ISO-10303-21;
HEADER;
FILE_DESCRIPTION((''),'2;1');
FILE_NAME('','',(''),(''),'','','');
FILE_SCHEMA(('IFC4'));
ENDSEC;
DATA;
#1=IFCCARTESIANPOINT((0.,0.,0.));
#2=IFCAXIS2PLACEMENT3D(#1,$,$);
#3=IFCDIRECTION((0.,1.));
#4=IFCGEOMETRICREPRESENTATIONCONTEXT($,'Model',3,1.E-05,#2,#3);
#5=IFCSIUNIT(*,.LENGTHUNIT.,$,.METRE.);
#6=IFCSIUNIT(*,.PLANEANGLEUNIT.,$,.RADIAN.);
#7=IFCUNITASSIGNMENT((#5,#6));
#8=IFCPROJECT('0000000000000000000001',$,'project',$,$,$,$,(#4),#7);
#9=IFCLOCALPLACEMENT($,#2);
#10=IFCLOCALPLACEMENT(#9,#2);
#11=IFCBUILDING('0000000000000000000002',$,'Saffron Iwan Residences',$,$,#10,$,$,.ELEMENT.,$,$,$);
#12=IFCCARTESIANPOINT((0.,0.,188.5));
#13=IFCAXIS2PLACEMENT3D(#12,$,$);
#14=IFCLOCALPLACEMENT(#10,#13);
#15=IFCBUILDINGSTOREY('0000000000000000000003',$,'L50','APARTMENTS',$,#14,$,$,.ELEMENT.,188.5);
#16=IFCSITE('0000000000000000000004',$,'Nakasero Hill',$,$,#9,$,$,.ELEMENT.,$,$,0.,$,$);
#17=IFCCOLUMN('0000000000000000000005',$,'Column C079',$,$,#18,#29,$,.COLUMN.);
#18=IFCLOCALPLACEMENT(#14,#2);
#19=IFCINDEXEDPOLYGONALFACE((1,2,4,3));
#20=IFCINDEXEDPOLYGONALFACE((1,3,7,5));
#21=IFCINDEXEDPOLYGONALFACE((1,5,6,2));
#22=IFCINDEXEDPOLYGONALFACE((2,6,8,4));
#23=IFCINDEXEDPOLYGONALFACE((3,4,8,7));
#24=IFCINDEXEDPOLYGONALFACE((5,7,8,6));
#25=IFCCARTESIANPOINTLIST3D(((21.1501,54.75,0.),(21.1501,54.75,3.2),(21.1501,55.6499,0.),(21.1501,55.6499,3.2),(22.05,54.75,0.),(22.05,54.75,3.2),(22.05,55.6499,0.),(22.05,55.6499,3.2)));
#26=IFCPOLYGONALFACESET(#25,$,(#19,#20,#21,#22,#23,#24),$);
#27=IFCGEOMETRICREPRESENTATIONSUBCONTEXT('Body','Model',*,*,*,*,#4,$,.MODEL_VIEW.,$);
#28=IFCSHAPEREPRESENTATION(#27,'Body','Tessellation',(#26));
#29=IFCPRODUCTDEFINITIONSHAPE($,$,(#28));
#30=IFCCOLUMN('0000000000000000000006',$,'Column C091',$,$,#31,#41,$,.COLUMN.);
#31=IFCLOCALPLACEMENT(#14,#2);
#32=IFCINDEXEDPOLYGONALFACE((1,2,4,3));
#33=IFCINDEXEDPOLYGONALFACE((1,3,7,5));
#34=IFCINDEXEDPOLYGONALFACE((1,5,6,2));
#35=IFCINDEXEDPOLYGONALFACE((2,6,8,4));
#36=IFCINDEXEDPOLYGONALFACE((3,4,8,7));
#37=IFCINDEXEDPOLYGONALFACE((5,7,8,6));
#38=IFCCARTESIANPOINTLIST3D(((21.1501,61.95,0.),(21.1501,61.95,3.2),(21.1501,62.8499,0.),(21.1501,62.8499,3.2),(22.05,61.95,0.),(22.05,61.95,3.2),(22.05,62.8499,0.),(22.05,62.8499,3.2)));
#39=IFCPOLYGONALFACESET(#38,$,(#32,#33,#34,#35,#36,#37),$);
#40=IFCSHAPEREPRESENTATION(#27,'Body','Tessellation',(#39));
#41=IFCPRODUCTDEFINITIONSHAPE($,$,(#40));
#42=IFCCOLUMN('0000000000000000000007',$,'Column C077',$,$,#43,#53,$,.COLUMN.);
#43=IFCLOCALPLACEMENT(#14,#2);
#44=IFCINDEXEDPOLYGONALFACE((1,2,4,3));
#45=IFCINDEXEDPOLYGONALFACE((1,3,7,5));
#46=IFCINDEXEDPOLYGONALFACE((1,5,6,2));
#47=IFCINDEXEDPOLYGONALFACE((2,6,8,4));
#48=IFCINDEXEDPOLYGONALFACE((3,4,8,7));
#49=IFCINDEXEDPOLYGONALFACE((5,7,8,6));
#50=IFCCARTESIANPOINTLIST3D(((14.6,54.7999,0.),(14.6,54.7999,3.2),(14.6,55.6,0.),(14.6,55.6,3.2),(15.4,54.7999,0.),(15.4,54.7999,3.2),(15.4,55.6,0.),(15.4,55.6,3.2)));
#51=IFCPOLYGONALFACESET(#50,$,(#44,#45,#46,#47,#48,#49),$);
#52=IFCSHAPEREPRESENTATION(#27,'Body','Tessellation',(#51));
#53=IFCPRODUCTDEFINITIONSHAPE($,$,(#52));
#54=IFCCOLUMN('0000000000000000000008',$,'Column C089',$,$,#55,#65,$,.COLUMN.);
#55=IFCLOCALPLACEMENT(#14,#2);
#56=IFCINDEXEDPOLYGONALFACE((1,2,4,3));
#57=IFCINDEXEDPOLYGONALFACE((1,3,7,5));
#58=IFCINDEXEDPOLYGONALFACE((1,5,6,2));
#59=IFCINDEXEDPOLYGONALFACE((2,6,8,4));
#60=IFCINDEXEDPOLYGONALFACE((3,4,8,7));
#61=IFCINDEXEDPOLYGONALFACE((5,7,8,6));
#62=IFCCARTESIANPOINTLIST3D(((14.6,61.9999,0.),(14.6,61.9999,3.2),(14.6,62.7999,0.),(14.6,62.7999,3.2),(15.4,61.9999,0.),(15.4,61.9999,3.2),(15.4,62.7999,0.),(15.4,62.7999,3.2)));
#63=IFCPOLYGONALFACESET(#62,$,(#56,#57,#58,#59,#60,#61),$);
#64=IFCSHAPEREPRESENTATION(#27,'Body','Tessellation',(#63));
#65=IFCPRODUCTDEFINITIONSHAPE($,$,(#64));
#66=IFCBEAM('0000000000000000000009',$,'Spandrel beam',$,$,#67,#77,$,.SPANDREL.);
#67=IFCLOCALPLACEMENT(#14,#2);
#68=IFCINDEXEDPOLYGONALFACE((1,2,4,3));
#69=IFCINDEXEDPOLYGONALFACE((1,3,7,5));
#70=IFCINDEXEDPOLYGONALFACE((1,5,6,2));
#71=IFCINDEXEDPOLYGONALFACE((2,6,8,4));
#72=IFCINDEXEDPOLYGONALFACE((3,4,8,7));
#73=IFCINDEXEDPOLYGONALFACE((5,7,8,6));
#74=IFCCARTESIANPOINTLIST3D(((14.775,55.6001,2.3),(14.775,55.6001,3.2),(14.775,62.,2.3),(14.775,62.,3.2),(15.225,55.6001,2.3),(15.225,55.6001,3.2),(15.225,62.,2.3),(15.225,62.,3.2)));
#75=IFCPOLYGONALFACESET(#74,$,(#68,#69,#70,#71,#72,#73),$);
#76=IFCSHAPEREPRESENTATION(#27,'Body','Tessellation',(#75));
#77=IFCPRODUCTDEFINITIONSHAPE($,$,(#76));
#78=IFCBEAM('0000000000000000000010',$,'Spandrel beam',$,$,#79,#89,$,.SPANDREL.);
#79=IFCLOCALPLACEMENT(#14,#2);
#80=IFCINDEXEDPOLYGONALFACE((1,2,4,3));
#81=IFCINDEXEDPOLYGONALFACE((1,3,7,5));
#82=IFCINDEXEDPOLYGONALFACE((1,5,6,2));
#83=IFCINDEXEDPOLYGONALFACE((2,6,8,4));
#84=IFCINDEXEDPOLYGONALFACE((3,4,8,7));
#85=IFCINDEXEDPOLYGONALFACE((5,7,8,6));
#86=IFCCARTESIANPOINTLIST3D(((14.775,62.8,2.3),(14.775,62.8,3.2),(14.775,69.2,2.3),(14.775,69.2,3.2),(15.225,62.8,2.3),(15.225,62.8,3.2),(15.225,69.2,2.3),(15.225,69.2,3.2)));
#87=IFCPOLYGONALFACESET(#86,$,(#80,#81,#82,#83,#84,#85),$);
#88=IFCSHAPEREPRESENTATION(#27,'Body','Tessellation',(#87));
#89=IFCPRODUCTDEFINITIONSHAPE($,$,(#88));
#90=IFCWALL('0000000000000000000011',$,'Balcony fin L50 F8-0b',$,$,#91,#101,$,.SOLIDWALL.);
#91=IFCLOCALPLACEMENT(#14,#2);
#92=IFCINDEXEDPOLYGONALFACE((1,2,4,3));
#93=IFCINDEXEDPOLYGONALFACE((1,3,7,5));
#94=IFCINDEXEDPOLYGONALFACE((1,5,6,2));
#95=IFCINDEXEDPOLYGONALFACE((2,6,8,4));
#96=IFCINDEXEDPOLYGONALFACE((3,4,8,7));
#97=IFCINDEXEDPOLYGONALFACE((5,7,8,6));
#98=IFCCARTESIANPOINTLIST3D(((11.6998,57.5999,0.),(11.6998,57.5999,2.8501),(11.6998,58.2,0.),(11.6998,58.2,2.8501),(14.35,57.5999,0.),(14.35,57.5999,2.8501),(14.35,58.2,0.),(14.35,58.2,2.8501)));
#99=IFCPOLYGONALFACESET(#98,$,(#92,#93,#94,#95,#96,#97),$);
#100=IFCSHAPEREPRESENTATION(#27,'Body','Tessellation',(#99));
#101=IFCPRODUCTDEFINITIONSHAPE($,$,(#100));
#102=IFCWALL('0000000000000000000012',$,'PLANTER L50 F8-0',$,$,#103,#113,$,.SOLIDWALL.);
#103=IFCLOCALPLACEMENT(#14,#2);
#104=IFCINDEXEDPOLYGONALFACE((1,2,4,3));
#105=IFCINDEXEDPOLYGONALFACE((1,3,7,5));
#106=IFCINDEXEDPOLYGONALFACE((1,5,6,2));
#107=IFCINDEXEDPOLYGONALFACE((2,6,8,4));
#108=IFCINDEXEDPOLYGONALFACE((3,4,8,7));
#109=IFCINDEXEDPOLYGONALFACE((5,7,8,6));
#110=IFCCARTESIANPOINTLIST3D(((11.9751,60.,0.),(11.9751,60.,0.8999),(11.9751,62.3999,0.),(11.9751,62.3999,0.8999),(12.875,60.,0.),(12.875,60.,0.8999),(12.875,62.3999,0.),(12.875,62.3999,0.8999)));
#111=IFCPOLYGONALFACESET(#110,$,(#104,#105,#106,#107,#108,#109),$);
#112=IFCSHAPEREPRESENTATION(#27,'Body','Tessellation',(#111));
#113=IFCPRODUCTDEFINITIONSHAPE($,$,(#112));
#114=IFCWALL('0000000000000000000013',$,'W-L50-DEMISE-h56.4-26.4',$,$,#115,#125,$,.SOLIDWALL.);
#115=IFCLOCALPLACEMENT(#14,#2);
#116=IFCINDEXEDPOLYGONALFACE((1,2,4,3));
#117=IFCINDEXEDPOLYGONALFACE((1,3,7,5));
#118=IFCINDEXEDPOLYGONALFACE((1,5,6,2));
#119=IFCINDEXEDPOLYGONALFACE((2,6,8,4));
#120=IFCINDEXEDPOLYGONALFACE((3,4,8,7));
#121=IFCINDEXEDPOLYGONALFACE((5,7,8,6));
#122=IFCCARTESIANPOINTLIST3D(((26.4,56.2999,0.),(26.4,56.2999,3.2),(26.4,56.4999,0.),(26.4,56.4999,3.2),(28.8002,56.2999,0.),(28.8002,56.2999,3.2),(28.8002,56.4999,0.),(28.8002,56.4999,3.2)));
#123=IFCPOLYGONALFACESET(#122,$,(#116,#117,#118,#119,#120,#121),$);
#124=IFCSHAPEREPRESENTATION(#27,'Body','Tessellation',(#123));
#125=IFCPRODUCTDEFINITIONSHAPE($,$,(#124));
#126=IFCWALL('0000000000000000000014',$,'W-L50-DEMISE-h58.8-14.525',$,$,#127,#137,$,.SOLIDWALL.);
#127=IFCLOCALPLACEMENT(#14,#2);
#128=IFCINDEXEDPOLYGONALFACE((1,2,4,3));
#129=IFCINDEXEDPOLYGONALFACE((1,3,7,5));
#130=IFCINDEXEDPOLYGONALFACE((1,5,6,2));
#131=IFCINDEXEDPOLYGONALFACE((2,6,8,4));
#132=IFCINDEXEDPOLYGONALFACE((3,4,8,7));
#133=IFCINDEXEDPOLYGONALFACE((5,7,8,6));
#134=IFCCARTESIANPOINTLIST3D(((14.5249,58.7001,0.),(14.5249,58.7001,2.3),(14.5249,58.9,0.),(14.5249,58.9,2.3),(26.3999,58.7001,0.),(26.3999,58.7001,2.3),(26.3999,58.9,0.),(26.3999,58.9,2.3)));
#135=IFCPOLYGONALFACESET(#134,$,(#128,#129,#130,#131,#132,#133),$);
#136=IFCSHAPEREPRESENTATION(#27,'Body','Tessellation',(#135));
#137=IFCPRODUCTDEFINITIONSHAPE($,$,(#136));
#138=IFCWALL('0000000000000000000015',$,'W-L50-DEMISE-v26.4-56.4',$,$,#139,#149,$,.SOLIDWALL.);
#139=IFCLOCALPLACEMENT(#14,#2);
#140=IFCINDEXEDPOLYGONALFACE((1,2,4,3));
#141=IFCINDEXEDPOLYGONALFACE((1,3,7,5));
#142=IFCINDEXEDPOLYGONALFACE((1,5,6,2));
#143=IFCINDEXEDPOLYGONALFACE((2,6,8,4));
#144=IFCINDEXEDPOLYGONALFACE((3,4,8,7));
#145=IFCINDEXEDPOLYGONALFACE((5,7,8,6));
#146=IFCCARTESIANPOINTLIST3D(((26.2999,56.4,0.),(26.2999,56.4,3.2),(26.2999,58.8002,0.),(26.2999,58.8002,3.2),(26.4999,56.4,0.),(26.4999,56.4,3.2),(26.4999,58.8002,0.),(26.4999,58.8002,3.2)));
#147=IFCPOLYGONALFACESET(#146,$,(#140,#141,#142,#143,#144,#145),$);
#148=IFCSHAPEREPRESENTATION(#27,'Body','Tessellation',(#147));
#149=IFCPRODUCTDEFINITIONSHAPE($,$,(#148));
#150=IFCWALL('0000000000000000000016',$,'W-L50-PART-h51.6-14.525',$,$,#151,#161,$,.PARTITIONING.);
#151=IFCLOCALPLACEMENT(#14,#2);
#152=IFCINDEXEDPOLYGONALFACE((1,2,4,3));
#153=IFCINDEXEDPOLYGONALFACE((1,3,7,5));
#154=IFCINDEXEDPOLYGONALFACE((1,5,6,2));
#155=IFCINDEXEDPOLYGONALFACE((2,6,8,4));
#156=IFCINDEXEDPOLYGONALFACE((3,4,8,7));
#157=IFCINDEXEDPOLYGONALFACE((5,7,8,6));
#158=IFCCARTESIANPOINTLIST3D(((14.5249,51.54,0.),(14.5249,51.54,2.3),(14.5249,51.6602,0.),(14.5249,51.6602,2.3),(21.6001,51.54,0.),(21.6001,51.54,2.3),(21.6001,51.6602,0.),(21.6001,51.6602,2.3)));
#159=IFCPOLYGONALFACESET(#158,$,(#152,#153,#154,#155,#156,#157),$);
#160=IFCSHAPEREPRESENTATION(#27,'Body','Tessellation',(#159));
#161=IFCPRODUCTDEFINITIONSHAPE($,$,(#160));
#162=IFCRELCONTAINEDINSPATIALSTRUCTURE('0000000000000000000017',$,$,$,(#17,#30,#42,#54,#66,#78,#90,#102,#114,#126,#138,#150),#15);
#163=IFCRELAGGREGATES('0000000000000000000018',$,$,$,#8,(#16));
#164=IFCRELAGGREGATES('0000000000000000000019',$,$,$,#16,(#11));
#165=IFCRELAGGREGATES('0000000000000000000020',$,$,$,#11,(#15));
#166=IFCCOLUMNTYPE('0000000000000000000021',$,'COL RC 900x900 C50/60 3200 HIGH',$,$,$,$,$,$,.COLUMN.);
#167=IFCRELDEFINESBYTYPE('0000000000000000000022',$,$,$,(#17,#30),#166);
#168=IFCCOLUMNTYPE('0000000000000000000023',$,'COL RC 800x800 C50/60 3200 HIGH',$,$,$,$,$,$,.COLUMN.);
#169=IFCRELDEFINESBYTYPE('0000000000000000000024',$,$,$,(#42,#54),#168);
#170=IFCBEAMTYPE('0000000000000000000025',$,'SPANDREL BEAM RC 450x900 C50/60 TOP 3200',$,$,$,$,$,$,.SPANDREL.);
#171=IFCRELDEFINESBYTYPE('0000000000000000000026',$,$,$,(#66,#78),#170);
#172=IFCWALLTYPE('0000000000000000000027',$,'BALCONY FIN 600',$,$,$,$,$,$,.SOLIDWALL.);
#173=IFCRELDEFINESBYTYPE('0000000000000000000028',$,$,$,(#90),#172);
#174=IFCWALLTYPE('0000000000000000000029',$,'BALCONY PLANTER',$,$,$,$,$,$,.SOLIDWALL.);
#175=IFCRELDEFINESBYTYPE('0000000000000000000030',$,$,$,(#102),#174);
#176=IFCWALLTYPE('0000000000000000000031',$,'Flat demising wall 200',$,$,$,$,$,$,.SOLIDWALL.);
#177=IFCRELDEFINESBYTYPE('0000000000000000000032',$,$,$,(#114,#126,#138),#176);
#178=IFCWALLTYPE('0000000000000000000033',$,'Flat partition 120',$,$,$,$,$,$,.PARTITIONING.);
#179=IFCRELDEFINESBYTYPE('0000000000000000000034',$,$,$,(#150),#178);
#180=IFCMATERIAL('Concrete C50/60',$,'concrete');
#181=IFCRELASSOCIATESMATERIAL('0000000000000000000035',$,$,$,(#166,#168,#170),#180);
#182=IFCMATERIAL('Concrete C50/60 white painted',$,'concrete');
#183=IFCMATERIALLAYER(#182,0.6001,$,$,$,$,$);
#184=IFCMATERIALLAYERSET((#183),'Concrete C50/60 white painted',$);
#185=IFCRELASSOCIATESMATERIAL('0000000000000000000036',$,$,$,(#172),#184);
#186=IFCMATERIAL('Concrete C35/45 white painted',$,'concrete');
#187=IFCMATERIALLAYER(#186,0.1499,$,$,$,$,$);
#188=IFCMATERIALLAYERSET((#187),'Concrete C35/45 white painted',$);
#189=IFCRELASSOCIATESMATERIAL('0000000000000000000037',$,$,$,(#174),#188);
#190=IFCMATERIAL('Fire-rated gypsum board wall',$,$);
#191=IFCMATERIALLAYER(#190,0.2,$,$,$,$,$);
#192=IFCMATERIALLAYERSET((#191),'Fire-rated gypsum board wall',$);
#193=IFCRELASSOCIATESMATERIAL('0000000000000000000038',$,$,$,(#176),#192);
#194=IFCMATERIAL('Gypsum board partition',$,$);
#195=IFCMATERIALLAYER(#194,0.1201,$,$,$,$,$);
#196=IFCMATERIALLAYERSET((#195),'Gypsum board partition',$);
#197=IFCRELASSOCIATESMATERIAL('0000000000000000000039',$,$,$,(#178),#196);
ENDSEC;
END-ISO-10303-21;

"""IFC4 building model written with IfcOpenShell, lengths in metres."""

from ifc_helpers import new_model, si_unit, direction, frame, frame_2d, origin, origin_2d, place, context, subcontext, project, spatial, rectangle, extrude, source, transform, mapped, material, layer, layer_set, material_profile, profile_set, type_object, element, save


model = new_model("IFC4")

# Units and contexts
model_context = context("Model", 3, precision=1e-05, world=origin(), true_north=direction((0.0, 1.0)))
body_context = subcontext(model_context, "Body", "Model", "MODEL_VIEW")
ifc_project = project(units=[si_unit("LENGTHUNIT", "METRE"), si_unit("PLANEANGLEUNIT", "RADIAN")], contexts=[model_context])

# Site, building, storey
site_placement = place(None, origin())
site = spatial("IfcSite", under=ifc_project, at=site_placement, Name="Nakasero Hill", CompositionType="ELEMENT", RefElevation=0.0)
building_placement = place(site_placement, origin())
building = spatial("IfcBuilding", under=site, at=building_placement, Name="Saffron Iwan Residences", CompositionType="ELEMENT")
storey_placement = place(building_placement, frame((0.0, 0.0, 188.5)))
storey = spatial("IfcBuildingStorey", under=building, at=storey_placement, Name="L50", Description="APARTMENTS", CompositionType="ELEMENT", Elevation=188.5)

# Columns
ifc_material_1 = material(Name="Concrete C50/60", Category="concrete")
ifc_material_profile_1 = material_profile(ifc_material_1, rectangle(XDim=0.8999, YDim=0.8999, at=origin_2d()), Name="RC 900x900")
ifc_profile_set_1 = profile_set([ifc_material_profile_1], Name="Concrete C50/60")
column_type_1 = type_object("IfcColumnType", Name="COL RC 900x900 C50/60 3200 HIGH", PredefinedType="COLUMN", material=ifc_profile_set_1)
shared_shape_1 = source(origin(), body_context, "Body", "SweptSolid", [
    extrude(rectangle(XDim=0.8999, YDim=0.8999, at=origin_2d()), origin(), (0.0, 0.0, 1.0), 3.2),
])
for number, where, z_axis, x_axis, name in (
    (1, (21.6001, 55.2, 0.0), (0.0, 0.0, 1.0), (1.0, 0.0, 0.0), "Column C079"),
    (2, (21.6001, 62.3999, 0.0), (0.0, 0.0, 1.0), (1.0, 0.0, 0.0), "Column C091"),
):
    element("IfcColumn", number, at=place(storey_placement, frame(where, z_axis=z_axis, x_axis=x_axis)), inside=storey, type_object=column_type_1, Name=name, PredefinedType="COLUMN", context=body_context, shape_type="MappedRepresentation", body=[
        mapped(shared_shape_1, transform((0.0, 0.0, 0.0))),
    ])
ifc_material_profile_2 = material_profile(ifc_material_1, rectangle(XDim=0.8, YDim=0.8, at=origin_2d()), Name="RC 800x800")
ifc_profile_set_2 = profile_set([ifc_material_profile_2], Name="Concrete C50/60")
column_type_2 = type_object("IfcColumnType", Name="COL RC 800x800 C50/60 3200 HIGH", PredefinedType="COLUMN", material=ifc_profile_set_2)
shared_shape_2 = source(origin(), body_context, "Body", "SweptSolid", [
    extrude(rectangle(XDim=0.8, YDim=0.8, at=origin_2d()), origin(), (0.0, 0.0, 1.0), 3.2),
])
for number, where, z_axis, x_axis, name in (
    (3, (15.0, 55.2, 0.0), (0.0, 0.0, 1.0), (1.0, 0.0, 0.0), "Column C077"),
    (4, (15.0, 62.3999, 0.0), (0.0, 0.0, 1.0), (1.0, 0.0, 0.0), "Column C089"),
):
    element("IfcColumn", number, at=place(storey_placement, frame(where, z_axis=z_axis, x_axis=x_axis)), inside=storey, type_object=column_type_2, Name=name, PredefinedType="COLUMN", context=body_context, shape_type="MappedRepresentation", body=[
        mapped(shared_shape_2, transform((0.0, 0.0, 0.0))),
    ])

# Beams
ifc_material_profile_3 = material_profile(ifc_material_1, rectangle(XDim=0.45, YDim=0.8999, at=origin_2d()), Name="RC 450x900")
ifc_profile_set_3 = profile_set([ifc_material_profile_3], Name="Concrete C50/60")
beam_type = type_object("IfcBeamType", Name="SPANDREL BEAM RC 450x900 C50/60 TOP 3200", PredefinedType="SPANDREL", material=ifc_profile_set_3)
shared_shape_3 = source(origin(), body_context, "Body", "SweptSolid", [
    extrude(rectangle(XDim=0.45, YDim=0.8999, at=origin_2d()), origin(), (0.0, 0.0, 1.0), 6.3999),
])
for number, where, z_axis, x_axis, name in (
    (5, (15.0, 55.6001, 2.75), (0.0, 1.0, 0.0), (-1.0, 0.0, 0.0), "Spandrel beam"),
    (6, (15.0, 62.8, 2.75), (0.0, 1.0, 0.0), (-1.0, 0.0, 0.0), "Spandrel beam"),
):
    element("IfcBeam", number, at=place(storey_placement, frame(where, z_axis=z_axis, x_axis=x_axis)), inside=storey, type_object=beam_type, Name=name, PredefinedType="SPANDREL", context=body_context, shape_type="MappedRepresentation", body=[
        mapped(shared_shape_3, transform((0.0, 0.0, 0.0))),
    ])

# Walls
ifc_material_2 = material(Name="Concrete C50/60 white painted", Category="concrete")
ifc_layer_1 = layer(ifc_material_2, 0.6001)
ifc_layer_set_1 = layer_set([ifc_layer_1], Name="Concrete C50/60 white painted")
wall_type_1 = type_object("IfcWallType", Name="BALCONY FIN 600", PredefinedType="SOLIDWALL", material=ifc_layer_set_1)
wall_1_placement = place(storey_placement, frame((14.3501, 57.8999, 0.0), z_axis=(0.0, 0.0, 1.0), x_axis=(-1.0, 0.0, 0.0)))
element("IfcWall", 7, at=wall_1_placement, inside=storey, type_object=wall_type_1, Name="Balcony fin L50 F8-0b", PredefinedType="SOLIDWALL", context=body_context, shape_type="SweptSolid", body=[
    extrude(rectangle(XDim=2.6501, YDim=0.6001, at=frame_2d((1.3252, 0.0))), origin(), (0.0, 0.0, 1.0), 2.8501),
])
ifc_material_3 = material(Name="Concrete C35/45 white painted", Category="concrete")
ifc_layer_2 = layer(ifc_material_3, 0.1499)
ifc_layer_set_2 = layer_set([ifc_layer_2], Name="Concrete C35/45 white painted")
wall_type_2 = type_object("IfcWallType", Name="BALCONY PLANTER", PredefinedType="SOLIDWALL", material=ifc_layer_set_2)
wall_2_placement = place(storey_placement, frame((12.425, 62.3999, 0.0), z_axis=(0.0, 0.0, 1.0), x_axis=(0.0, -1.0, 0.0)))
element("IfcWall", 8, at=wall_2_placement, inside=storey, type_object=wall_type_2, Name="PLANTER L50 F8-0", PredefinedType="SOLIDWALL", context=body_context, shape_type="SweptSolid", body=[
    extrude(rectangle(XDim=2.3999, YDim=0.8999, at=frame_2d((1.2, 0.0))), origin(), (0.0, 0.0, 1.0), 0.8999),
])
ifc_material_4 = material(Name="Fire-rated gypsum board wall")
ifc_layer_3 = layer(ifc_material_4, 0.2)
ifc_layer_set_3 = layer_set([ifc_layer_3], Name="Fire-rated gypsum board wall")
wall_type_3 = type_object("IfcWallType", Name="Flat demising wall 200", PredefinedType="SOLIDWALL", material=ifc_layer_set_3)
wall_3_placement = place(storey_placement, frame((26.3999, 56.3999, 0.0), z_axis=(0.0, 0.0, 1.0), x_axis=(1.0, 0.0, 0.0)))
element("IfcWall", 9, at=wall_3_placement, inside=storey, type_object=wall_type_3, Name="W-L50-DEMISE-h56.4-26.4", PredefinedType="SOLIDWALL", context=body_context, shape_type="SweptSolid", body=[
    extrude(rectangle(XDim=2.4001, YDim=0.2, at=frame_2d((1.2002, 0.0))), origin(), (0.0, 0.0, 1.0), 3.2),
])
wall_4_placement = place(storey_placement, frame((14.5249, 58.8, 0.0), z_axis=(0.0, 0.0, 1.0), x_axis=(1.0, 0.0, 0.0)))
element("IfcWall", 10, at=wall_4_placement, inside=storey, type_object=wall_type_3, Name="W-L50-DEMISE-h58.8-14.525", PredefinedType="SOLIDWALL", context=body_context, shape_type="SweptSolid", body=[
    extrude(rectangle(XDim=11.875, YDim=0.2, at=frame_2d((5.9375, 0.0))), origin(), (0.0, 0.0, 1.0), 2.3),
])
wall_5_placement = place(storey_placement, frame((26.3999, 56.3999, 0.0), z_axis=(0.0, 0.0, 1.0), x_axis=(0.0, 1.0, 0.0)))
element("IfcWall", 11, at=wall_5_placement, inside=storey, type_object=wall_type_3, Name="W-L50-DEMISE-v26.4-56.4", PredefinedType="SOLIDWALL", context=body_context, shape_type="SweptSolid", body=[
    extrude(rectangle(XDim=2.4001, YDim=0.2, at=frame_2d((1.2002, 0.0))), origin(), (0.0, 0.0, 1.0), 3.2),
])
ifc_material_5 = material(Name="Gypsum board partition")
ifc_layer_4 = layer(ifc_material_5, 0.1201)
ifc_layer_set_4 = layer_set([ifc_layer_4], Name="Gypsum board partition")
wall_type_4 = type_object("IfcWallType", Name="Flat partition 120", PredefinedType="PARTITIONING", material=ifc_layer_set_4)
wall_6_placement = place(storey_placement, frame((14.5249, 51.6001, 0.0), z_axis=(0.0, 0.0, 1.0), x_axis=(1.0, 0.0, 0.0)))
element("IfcWall", 12, at=wall_6_placement, inside=storey, type_object=wall_type_4, Name="W-L50-PART-h51.6-14.525", PredefinedType="PARTITIONING", context=body_context, shape_type="SweptSolid", body=[
    extrude(rectangle(XDim=7.0752, YDim=0.1201, at=frame_2d((3.5376, 0.0))), origin(), (0.0, 0.0, 1.0), 2.3),
])

save(model, "model.ifc")
